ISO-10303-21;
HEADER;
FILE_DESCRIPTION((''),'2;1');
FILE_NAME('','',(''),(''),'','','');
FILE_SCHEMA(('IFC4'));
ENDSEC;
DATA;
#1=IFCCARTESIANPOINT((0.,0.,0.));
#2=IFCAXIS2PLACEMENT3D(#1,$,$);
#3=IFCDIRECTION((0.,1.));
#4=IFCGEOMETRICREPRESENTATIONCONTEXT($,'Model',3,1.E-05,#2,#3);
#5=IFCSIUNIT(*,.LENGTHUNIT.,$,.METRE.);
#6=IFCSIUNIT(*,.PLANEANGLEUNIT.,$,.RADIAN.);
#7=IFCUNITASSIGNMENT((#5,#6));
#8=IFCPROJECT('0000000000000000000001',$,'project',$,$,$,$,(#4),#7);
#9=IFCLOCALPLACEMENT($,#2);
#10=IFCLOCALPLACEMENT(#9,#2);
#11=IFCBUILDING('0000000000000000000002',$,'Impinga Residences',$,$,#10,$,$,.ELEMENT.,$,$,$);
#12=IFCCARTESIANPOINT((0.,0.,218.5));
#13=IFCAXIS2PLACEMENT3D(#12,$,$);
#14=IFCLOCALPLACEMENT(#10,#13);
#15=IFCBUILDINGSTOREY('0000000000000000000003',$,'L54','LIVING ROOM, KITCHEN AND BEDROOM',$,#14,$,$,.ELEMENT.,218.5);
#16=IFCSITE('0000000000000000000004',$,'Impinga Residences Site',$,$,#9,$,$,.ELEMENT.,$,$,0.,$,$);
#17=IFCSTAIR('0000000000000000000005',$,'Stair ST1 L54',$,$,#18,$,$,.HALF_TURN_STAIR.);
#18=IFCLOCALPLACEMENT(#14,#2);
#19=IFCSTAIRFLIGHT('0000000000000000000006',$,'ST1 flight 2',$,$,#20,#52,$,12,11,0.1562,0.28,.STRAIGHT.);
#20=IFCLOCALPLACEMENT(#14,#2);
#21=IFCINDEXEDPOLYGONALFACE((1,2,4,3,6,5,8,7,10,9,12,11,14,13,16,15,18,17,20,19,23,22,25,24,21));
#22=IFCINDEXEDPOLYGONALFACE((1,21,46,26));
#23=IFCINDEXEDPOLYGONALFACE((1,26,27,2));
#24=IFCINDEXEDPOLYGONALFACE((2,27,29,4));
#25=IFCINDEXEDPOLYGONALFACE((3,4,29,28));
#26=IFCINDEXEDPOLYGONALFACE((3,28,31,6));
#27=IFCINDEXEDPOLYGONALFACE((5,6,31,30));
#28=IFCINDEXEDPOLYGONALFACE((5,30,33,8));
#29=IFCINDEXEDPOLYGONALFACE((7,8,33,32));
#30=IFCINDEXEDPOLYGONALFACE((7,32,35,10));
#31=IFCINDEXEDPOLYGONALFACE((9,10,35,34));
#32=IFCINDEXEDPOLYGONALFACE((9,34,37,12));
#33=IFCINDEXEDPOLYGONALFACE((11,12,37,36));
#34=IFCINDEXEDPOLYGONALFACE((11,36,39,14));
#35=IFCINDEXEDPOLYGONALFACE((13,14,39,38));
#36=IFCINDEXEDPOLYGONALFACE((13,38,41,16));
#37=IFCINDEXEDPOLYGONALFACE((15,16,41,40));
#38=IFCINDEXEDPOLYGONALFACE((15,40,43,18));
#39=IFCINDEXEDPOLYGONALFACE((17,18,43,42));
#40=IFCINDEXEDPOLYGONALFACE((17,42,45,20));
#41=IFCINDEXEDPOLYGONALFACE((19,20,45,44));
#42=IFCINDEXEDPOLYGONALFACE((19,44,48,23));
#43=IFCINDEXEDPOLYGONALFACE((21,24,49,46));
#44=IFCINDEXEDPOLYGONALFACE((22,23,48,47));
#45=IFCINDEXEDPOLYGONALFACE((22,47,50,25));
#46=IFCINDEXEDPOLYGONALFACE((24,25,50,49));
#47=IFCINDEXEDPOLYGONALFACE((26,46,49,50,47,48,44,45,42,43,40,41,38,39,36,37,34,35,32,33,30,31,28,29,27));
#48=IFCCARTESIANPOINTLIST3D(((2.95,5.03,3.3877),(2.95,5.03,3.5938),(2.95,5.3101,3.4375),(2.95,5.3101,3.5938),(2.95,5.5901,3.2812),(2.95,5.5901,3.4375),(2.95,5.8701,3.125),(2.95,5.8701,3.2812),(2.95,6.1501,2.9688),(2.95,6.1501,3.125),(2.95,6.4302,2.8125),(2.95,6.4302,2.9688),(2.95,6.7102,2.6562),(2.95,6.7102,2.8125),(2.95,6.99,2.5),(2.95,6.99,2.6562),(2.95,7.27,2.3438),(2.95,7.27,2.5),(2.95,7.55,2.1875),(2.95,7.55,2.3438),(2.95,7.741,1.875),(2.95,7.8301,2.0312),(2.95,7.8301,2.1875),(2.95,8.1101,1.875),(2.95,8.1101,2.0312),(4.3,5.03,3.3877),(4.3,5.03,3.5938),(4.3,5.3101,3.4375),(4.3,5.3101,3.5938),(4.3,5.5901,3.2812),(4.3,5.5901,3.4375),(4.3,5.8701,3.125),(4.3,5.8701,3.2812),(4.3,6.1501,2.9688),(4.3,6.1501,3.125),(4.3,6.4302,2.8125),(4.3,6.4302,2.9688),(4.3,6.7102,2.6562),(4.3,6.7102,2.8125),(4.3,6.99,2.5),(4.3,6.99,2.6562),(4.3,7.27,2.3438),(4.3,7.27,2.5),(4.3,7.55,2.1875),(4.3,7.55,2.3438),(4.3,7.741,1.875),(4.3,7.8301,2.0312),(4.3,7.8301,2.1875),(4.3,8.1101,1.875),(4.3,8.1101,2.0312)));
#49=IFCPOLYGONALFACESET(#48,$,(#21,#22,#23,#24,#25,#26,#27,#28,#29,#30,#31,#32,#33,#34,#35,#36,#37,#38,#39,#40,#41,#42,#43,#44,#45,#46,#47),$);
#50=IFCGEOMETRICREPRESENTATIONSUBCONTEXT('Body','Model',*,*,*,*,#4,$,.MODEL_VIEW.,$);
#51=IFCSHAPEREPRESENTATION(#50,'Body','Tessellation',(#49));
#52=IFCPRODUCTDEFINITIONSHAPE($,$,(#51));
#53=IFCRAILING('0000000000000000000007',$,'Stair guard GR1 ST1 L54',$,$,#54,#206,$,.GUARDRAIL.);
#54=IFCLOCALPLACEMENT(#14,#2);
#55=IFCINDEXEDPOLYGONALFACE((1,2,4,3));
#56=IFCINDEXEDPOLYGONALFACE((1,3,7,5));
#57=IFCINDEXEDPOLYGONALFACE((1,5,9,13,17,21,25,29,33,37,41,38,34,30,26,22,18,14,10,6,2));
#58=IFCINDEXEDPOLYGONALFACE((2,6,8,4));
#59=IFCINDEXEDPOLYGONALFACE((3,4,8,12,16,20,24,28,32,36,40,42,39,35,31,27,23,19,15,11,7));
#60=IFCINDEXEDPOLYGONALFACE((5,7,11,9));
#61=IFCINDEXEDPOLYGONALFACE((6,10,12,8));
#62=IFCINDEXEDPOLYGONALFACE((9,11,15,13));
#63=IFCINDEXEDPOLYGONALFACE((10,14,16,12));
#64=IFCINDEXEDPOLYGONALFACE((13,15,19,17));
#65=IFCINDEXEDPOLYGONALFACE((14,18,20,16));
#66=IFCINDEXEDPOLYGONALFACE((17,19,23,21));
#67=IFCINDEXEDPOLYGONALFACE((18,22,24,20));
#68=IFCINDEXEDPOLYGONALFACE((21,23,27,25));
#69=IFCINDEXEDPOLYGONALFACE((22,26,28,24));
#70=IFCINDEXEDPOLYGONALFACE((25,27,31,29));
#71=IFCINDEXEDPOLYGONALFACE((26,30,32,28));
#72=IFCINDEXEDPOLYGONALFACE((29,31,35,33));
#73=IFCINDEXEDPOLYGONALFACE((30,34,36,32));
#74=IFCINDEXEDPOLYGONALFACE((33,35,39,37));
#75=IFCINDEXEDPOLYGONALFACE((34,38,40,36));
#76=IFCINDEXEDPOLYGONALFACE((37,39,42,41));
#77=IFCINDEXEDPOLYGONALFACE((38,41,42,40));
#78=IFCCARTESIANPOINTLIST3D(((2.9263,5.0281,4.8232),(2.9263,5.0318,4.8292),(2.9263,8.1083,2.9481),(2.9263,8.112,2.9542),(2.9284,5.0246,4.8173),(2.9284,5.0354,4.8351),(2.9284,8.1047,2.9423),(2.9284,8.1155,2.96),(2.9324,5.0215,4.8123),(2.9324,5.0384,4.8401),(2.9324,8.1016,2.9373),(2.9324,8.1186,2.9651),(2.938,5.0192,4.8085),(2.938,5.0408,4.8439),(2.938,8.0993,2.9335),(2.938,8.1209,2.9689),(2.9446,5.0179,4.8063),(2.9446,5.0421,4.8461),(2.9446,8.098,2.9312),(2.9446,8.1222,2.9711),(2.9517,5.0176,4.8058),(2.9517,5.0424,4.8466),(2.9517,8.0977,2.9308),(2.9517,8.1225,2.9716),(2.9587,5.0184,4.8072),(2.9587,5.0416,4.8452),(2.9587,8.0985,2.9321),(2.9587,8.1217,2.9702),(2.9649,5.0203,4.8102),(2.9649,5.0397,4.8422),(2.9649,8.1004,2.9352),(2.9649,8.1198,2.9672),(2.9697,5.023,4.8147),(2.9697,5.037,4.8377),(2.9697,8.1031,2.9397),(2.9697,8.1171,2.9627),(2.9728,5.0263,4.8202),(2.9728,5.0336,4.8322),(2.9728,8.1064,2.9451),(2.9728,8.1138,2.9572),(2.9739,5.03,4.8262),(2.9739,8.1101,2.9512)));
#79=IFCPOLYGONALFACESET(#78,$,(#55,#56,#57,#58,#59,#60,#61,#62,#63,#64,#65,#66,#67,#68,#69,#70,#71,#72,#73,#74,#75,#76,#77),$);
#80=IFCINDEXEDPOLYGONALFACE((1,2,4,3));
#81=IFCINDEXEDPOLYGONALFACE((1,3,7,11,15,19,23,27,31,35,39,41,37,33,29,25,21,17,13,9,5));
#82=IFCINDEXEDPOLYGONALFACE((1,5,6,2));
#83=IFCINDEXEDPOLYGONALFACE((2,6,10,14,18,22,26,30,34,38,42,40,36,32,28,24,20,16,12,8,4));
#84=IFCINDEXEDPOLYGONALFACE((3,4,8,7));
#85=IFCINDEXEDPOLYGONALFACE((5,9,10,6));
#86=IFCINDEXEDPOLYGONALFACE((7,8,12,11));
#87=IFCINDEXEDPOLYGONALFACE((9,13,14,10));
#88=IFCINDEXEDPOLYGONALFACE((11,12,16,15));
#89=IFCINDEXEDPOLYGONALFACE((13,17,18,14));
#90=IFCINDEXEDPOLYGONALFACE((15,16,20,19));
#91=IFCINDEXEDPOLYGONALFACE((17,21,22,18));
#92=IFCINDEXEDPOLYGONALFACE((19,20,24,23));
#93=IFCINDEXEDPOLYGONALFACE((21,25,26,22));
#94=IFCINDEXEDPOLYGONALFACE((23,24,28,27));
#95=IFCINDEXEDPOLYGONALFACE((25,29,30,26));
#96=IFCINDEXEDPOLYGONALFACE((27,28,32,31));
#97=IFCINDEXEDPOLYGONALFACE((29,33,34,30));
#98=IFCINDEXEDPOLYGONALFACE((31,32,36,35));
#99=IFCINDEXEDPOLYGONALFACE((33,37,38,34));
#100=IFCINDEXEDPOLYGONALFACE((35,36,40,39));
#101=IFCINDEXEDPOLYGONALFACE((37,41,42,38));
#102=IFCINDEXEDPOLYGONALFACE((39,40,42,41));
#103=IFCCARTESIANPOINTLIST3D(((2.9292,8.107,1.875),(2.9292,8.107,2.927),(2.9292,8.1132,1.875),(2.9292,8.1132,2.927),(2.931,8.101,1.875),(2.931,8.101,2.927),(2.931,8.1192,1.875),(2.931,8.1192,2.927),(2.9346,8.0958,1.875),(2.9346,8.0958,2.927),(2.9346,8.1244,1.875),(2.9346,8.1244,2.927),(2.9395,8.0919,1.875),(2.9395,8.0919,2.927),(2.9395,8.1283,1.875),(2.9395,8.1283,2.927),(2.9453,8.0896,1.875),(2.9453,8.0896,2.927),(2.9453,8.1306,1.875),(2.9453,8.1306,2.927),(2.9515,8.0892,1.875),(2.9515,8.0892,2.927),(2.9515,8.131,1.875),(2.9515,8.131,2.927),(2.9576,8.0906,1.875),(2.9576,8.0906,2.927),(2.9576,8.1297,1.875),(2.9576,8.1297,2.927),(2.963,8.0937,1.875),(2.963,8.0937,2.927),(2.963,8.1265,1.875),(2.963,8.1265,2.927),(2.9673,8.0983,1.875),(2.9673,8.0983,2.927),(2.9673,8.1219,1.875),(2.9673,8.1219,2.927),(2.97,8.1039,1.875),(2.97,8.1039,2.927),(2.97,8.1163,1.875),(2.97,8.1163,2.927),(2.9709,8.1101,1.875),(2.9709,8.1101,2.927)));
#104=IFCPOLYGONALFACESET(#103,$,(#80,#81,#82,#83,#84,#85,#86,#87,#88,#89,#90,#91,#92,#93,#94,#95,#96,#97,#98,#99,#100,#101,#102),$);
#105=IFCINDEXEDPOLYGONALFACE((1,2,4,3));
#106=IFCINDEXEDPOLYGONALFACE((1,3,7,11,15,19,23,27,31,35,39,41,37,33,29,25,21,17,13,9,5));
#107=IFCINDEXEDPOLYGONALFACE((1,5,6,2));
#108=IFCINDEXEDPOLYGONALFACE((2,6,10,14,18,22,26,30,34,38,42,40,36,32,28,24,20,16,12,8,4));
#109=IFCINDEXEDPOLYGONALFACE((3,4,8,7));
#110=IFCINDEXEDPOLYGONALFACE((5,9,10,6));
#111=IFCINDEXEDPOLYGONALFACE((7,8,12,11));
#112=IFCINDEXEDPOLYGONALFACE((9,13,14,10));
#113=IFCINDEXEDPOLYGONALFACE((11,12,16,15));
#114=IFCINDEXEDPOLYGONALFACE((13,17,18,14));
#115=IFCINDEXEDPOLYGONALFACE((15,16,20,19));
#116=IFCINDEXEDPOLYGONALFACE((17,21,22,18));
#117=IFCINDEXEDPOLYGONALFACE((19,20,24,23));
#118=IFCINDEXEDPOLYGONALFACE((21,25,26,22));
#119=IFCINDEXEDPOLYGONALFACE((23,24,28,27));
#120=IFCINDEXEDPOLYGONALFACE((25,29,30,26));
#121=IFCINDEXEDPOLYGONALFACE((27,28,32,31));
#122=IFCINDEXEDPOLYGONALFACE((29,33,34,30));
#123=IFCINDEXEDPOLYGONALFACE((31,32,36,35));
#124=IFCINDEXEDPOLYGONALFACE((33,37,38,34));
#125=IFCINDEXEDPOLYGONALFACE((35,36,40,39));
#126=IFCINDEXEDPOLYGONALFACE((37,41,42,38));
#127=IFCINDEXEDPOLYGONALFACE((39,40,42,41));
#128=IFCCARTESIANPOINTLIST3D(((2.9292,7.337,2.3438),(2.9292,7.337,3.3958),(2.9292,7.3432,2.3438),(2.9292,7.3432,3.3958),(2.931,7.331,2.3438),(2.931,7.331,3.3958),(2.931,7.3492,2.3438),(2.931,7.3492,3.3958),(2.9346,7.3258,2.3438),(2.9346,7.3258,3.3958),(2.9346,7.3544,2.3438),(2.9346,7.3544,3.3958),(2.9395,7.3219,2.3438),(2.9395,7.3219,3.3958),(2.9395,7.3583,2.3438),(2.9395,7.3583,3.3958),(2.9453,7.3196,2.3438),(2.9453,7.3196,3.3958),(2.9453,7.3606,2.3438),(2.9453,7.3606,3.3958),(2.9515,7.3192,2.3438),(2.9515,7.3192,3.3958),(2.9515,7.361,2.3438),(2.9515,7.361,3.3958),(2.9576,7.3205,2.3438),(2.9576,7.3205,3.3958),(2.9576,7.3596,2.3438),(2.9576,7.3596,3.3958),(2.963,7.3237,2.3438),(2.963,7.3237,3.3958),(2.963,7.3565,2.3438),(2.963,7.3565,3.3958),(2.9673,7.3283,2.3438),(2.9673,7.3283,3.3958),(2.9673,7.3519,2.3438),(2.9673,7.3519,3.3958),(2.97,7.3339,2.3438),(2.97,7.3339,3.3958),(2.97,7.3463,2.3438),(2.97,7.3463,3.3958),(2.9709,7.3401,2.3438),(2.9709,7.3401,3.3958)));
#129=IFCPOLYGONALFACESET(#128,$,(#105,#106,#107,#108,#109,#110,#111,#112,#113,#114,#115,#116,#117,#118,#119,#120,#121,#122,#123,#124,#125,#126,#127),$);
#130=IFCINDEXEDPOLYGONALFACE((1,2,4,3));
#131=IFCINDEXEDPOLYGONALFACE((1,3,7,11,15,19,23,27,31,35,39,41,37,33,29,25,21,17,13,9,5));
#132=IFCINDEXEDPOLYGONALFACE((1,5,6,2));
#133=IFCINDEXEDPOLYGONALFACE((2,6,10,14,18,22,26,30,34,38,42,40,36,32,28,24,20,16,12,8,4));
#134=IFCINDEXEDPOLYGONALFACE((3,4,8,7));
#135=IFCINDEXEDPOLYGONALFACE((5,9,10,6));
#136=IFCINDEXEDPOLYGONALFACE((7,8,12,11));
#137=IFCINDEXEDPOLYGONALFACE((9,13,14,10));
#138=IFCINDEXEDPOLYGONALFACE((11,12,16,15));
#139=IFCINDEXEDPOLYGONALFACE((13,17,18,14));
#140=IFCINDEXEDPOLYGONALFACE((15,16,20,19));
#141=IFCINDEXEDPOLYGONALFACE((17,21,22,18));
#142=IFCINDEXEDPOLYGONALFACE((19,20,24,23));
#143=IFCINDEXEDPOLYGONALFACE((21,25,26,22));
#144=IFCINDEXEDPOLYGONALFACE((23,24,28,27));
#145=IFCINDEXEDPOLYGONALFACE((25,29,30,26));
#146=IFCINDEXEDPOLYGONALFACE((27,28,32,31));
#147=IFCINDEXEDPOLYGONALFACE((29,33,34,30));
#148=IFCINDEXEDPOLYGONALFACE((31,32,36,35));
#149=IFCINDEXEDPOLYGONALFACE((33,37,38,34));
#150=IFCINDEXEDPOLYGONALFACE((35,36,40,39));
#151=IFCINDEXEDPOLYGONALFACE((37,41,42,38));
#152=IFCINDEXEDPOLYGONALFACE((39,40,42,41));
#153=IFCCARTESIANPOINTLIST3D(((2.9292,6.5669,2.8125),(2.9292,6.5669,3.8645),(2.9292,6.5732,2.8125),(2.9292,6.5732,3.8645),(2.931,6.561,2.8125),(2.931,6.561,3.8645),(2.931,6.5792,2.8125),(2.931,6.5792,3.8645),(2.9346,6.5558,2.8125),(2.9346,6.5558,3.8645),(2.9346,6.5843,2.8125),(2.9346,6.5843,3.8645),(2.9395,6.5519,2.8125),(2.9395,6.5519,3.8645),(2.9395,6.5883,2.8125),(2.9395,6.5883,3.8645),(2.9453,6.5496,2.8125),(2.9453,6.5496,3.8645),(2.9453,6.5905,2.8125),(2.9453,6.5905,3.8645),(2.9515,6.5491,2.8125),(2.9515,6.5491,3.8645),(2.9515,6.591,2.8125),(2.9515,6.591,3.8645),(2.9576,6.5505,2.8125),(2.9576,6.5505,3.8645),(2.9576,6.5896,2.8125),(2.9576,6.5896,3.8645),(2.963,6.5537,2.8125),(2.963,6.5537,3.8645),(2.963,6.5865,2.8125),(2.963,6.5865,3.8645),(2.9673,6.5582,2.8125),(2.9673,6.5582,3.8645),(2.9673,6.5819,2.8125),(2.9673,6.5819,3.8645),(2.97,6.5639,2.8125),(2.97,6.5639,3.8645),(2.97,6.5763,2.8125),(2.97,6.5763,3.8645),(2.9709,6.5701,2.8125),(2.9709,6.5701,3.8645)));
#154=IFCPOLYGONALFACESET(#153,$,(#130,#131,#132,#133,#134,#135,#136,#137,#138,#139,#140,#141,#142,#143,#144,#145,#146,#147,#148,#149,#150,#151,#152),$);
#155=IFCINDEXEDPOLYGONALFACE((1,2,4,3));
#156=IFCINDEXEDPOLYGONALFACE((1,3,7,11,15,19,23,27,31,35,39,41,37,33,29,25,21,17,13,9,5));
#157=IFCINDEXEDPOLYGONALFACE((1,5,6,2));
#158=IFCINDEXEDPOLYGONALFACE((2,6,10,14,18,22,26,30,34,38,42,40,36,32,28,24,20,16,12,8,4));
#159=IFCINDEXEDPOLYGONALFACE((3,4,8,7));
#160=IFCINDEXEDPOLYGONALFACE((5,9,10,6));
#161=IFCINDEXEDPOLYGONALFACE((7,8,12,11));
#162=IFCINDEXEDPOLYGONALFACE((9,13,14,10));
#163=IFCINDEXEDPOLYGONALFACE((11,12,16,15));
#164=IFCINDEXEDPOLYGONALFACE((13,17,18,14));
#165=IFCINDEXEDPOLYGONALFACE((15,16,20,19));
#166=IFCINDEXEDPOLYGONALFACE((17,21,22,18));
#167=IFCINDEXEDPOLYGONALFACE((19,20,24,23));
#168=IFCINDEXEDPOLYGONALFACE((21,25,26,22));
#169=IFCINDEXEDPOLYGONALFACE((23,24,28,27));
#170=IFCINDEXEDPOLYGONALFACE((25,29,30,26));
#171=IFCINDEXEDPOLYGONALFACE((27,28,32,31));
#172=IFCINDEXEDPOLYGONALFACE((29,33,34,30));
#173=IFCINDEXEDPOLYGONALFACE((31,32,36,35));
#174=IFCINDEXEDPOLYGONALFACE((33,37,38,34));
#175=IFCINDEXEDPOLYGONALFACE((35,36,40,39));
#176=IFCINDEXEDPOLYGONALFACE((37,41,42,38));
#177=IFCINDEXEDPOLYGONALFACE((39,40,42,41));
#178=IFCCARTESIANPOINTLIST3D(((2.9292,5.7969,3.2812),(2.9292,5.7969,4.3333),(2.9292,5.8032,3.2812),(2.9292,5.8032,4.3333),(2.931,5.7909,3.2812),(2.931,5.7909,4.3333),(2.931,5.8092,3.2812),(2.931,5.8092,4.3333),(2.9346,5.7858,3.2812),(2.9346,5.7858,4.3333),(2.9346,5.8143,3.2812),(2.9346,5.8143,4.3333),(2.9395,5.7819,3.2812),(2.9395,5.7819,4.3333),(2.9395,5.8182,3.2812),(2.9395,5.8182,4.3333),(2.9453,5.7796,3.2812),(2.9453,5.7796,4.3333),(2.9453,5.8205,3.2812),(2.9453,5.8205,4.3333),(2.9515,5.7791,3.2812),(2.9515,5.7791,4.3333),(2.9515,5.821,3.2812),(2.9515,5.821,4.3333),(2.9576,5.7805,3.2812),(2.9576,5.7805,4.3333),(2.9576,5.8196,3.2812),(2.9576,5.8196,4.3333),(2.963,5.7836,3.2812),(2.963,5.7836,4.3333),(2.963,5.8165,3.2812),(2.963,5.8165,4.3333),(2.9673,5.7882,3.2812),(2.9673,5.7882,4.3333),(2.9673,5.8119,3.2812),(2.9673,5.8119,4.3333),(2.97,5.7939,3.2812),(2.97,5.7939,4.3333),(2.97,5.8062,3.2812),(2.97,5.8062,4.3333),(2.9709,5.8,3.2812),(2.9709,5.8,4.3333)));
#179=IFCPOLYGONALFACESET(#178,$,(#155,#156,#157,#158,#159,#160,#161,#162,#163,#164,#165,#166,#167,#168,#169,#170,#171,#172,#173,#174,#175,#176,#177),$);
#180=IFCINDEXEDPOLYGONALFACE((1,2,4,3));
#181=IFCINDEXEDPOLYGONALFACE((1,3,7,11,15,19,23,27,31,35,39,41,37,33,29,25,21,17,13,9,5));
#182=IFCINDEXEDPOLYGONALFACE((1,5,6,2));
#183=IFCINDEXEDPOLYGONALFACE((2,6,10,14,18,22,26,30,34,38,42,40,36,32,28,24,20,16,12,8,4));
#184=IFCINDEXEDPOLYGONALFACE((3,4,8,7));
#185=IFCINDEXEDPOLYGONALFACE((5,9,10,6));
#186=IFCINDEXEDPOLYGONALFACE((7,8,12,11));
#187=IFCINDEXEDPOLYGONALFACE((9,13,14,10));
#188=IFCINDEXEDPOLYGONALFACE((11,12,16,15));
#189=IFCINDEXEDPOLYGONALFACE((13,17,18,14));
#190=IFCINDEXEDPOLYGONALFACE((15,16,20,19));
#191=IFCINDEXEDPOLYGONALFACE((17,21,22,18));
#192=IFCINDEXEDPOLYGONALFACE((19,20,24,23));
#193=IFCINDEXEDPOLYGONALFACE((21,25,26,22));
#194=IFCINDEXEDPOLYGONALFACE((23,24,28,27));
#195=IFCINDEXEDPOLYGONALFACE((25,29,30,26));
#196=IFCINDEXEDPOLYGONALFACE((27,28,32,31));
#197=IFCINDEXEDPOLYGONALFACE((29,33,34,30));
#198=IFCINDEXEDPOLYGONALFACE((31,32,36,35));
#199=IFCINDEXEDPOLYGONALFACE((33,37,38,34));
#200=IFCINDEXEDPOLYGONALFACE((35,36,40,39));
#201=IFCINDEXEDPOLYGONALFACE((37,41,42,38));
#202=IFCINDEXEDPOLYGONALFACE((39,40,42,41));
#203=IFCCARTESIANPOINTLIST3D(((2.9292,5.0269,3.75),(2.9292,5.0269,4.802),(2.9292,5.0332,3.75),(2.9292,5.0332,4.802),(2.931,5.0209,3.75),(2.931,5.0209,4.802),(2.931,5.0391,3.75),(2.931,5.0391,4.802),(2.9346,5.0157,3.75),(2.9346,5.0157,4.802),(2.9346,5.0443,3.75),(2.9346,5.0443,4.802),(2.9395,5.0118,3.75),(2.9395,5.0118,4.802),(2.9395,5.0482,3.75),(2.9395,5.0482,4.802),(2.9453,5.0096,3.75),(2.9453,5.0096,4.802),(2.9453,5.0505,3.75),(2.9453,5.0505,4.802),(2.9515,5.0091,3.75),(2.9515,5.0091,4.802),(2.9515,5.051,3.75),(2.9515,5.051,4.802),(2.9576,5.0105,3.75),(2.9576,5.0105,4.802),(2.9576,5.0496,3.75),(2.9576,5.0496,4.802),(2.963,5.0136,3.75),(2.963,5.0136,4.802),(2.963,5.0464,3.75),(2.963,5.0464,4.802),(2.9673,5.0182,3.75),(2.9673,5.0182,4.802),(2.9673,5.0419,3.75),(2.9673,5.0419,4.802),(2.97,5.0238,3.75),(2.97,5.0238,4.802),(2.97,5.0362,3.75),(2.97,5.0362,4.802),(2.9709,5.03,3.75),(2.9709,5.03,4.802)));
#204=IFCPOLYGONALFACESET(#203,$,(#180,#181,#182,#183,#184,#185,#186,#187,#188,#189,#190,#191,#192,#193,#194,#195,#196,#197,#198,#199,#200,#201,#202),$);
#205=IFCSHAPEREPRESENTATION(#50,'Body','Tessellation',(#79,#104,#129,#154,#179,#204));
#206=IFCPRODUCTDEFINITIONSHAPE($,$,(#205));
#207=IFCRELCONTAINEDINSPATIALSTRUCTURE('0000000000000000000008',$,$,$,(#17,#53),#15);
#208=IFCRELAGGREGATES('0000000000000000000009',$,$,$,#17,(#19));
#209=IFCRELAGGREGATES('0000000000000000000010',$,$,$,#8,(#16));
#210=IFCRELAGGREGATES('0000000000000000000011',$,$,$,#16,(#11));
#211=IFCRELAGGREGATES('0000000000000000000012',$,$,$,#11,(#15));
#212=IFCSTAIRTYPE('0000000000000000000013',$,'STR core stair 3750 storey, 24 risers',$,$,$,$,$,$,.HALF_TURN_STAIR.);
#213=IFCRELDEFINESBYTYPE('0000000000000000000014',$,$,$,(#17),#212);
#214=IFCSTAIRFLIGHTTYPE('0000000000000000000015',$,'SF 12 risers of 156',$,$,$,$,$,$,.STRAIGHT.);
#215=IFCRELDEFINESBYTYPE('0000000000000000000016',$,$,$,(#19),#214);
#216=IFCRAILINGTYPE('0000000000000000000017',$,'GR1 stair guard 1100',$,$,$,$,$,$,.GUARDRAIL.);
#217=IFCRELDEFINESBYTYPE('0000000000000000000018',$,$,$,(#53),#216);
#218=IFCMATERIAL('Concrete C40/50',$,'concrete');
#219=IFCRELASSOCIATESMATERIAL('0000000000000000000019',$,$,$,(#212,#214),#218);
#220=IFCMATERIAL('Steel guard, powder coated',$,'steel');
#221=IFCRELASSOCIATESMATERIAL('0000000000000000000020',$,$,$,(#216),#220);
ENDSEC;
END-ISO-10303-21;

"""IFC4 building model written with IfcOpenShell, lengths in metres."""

from ifc_helpers import new_model, si_unit, direction, frame, origin, origin_2d, place, context, subcontext, project, spatial, polyline, circle, outline, extrude, material, type_object, element, aggregate, save


model = new_model("IFC4")

# Units and contexts
model_context = context("Model", 3, precision=1e-05, world=origin(), true_north=direction((0.0, 1.0)))
body_context = subcontext(model_context, "Body", "Model", "MODEL_VIEW")
ifc_project = project(units=[si_unit("LENGTHUNIT", "METRE"), si_unit("PLANEANGLEUNIT", "RADIAN")], contexts=[model_context])

# Site, building, storey
site_placement = place(None, origin())
site = spatial("IfcSite", under=ifc_project, at=site_placement, Name="Impinga Residences Site", CompositionType="ELEMENT", RefElevation=0.0)
building_placement = place(site_placement, origin())
building = spatial("IfcBuilding", under=site, at=building_placement, Name="Impinga Residences", CompositionType="ELEMENT")
storey_placement = place(building_placement, frame((0.0, 0.0, 218.5)))
storey = spatial("IfcBuildingStorey", under=building, at=storey_placement, Name="L54", Description="LIVING ROOM, KITCHEN AND BEDROOM", CompositionType="ELEMENT", Elevation=218.5)

# Stair, stair flight
ifc_material_1 = material(Name="Concrete C40/50", Category="concrete")
stair_type = type_object("IfcStairType", Name="STR core stair 3750 storey, 24 risers", PredefinedType="HALF_TURN_STAIR", material=ifc_material_1)
stair_placement = place(storey_placement, origin())
stair = element("IfcStair", 1, at=stair_placement, inside=storey, type_object=stair_type, Name="Stair ST1 L54", PredefinedType="HALF_TURN_STAIR")
stair_flight_type = type_object("IfcStairFlightType", Name="SF 12 risers of 156", PredefinedType="STRAIGHT", material=ifc_material_1)
stair_flight_placement = place(storey_placement, frame((3.625, 8.1101, 1.875), z_axis=(0.0, 0.0, 1.0), x_axis=(0.0, -1.0, 0.0)))
stair_flight = element("IfcStairFlight", 2, at=stair_flight_placement, type_object=stair_flight_type, Name="ST1 flight 2", NumberOfRisers=12, NumberOfTreads=11, PredefinedType="STRAIGHT", RiserHeight=0.1562, TreadLength=0.28, context=body_context, shape_type="SweptSolid", body=[
    extrude(outline(polyline([(0.0, 0.0), (0.0, 0.1562), (0.28, 0.1562), (0.28, 0.3125), (0.5601, 0.3125), (0.5601, 0.4688), (0.8401, 0.4688), (0.8401, 0.625), (1.1201, 0.625), (1.1201, 0.7812), (1.3999, 0.7812), (1.3999, 0.9375), (1.6799, 0.9375), (1.6799, 1.0938), (1.96, 1.0938), (1.96, 1.25), (2.24, 1.25), (2.24, 1.4062), (2.52, 1.4062), (2.52, 1.5625), (2.8, 1.5625), (2.8, 1.7188), (3.0801, 1.7188), (3.0801, 1.875), (3.0801, 1.5127), (0.3691, 0.0), (0.0, 0.0)])), frame((0.0, 0.675, 0.0), z_axis=(0.0, -1.0, 0.0), x_axis=(1.0, 0.0, 0.0)), (0.0, 0.0, 1.0), 1.3501),
])
aggregate(stair, [stair_flight])

# Railing
ifc_material_2 = material(Name="Steel guard, powder coated", Category="steel")
railing_type_1 = type_object("IfcRailingType", Name="GR1 stair guard 1100", PredefinedType="GUARDRAIL", material=ifc_material_2)
railing_1_placement = place(storey_placement, frame((2.95, 8.1101, 1.875)))
element("IfcRailing", 3, at=railing_1_placement, inside=storey, type_object=railing_type_1, Name="Stair guard GR1 ST1 L54", PredefinedType="GUARDRAIL", context=body_context, shape_type="SweptSolid", body=[
    extrude(circle(Radius=0.0239, at=origin_2d()), frame((0.0, 0.0, 1.0762), z_axis=(0.0, -0.854178, 0.519981), x_axis=(1.0, 0.0, 0.0)), (0.0, 0.0, 1.0), 3.606),
    extrude(circle(Radius=0.021, at=origin_2d()), origin(), (0.0, 0.0, 1.0), 1.052),
    extrude(circle(Radius=0.021, at=origin_2d()), frame((0.0, -0.77, 0.4688)), (0.0, 0.0, 1.0), 1.052),
    extrude(circle(Radius=0.021, at=origin_2d()), frame((0.0, -1.54, 0.9375)), (0.0, 0.0, 1.0), 1.052),
    extrude(circle(Radius=0.021, at=origin_2d()), frame((0.0, -2.3101, 1.4062)), (0.0, 0.0, 1.0), 1.052),
    extrude(circle(Radius=0.021, at=origin_2d()), frame((0.0, -3.0801, 1.875)), (0.0, 0.0, 1.0), 1.052),
])

save(model, "model.ifc")
